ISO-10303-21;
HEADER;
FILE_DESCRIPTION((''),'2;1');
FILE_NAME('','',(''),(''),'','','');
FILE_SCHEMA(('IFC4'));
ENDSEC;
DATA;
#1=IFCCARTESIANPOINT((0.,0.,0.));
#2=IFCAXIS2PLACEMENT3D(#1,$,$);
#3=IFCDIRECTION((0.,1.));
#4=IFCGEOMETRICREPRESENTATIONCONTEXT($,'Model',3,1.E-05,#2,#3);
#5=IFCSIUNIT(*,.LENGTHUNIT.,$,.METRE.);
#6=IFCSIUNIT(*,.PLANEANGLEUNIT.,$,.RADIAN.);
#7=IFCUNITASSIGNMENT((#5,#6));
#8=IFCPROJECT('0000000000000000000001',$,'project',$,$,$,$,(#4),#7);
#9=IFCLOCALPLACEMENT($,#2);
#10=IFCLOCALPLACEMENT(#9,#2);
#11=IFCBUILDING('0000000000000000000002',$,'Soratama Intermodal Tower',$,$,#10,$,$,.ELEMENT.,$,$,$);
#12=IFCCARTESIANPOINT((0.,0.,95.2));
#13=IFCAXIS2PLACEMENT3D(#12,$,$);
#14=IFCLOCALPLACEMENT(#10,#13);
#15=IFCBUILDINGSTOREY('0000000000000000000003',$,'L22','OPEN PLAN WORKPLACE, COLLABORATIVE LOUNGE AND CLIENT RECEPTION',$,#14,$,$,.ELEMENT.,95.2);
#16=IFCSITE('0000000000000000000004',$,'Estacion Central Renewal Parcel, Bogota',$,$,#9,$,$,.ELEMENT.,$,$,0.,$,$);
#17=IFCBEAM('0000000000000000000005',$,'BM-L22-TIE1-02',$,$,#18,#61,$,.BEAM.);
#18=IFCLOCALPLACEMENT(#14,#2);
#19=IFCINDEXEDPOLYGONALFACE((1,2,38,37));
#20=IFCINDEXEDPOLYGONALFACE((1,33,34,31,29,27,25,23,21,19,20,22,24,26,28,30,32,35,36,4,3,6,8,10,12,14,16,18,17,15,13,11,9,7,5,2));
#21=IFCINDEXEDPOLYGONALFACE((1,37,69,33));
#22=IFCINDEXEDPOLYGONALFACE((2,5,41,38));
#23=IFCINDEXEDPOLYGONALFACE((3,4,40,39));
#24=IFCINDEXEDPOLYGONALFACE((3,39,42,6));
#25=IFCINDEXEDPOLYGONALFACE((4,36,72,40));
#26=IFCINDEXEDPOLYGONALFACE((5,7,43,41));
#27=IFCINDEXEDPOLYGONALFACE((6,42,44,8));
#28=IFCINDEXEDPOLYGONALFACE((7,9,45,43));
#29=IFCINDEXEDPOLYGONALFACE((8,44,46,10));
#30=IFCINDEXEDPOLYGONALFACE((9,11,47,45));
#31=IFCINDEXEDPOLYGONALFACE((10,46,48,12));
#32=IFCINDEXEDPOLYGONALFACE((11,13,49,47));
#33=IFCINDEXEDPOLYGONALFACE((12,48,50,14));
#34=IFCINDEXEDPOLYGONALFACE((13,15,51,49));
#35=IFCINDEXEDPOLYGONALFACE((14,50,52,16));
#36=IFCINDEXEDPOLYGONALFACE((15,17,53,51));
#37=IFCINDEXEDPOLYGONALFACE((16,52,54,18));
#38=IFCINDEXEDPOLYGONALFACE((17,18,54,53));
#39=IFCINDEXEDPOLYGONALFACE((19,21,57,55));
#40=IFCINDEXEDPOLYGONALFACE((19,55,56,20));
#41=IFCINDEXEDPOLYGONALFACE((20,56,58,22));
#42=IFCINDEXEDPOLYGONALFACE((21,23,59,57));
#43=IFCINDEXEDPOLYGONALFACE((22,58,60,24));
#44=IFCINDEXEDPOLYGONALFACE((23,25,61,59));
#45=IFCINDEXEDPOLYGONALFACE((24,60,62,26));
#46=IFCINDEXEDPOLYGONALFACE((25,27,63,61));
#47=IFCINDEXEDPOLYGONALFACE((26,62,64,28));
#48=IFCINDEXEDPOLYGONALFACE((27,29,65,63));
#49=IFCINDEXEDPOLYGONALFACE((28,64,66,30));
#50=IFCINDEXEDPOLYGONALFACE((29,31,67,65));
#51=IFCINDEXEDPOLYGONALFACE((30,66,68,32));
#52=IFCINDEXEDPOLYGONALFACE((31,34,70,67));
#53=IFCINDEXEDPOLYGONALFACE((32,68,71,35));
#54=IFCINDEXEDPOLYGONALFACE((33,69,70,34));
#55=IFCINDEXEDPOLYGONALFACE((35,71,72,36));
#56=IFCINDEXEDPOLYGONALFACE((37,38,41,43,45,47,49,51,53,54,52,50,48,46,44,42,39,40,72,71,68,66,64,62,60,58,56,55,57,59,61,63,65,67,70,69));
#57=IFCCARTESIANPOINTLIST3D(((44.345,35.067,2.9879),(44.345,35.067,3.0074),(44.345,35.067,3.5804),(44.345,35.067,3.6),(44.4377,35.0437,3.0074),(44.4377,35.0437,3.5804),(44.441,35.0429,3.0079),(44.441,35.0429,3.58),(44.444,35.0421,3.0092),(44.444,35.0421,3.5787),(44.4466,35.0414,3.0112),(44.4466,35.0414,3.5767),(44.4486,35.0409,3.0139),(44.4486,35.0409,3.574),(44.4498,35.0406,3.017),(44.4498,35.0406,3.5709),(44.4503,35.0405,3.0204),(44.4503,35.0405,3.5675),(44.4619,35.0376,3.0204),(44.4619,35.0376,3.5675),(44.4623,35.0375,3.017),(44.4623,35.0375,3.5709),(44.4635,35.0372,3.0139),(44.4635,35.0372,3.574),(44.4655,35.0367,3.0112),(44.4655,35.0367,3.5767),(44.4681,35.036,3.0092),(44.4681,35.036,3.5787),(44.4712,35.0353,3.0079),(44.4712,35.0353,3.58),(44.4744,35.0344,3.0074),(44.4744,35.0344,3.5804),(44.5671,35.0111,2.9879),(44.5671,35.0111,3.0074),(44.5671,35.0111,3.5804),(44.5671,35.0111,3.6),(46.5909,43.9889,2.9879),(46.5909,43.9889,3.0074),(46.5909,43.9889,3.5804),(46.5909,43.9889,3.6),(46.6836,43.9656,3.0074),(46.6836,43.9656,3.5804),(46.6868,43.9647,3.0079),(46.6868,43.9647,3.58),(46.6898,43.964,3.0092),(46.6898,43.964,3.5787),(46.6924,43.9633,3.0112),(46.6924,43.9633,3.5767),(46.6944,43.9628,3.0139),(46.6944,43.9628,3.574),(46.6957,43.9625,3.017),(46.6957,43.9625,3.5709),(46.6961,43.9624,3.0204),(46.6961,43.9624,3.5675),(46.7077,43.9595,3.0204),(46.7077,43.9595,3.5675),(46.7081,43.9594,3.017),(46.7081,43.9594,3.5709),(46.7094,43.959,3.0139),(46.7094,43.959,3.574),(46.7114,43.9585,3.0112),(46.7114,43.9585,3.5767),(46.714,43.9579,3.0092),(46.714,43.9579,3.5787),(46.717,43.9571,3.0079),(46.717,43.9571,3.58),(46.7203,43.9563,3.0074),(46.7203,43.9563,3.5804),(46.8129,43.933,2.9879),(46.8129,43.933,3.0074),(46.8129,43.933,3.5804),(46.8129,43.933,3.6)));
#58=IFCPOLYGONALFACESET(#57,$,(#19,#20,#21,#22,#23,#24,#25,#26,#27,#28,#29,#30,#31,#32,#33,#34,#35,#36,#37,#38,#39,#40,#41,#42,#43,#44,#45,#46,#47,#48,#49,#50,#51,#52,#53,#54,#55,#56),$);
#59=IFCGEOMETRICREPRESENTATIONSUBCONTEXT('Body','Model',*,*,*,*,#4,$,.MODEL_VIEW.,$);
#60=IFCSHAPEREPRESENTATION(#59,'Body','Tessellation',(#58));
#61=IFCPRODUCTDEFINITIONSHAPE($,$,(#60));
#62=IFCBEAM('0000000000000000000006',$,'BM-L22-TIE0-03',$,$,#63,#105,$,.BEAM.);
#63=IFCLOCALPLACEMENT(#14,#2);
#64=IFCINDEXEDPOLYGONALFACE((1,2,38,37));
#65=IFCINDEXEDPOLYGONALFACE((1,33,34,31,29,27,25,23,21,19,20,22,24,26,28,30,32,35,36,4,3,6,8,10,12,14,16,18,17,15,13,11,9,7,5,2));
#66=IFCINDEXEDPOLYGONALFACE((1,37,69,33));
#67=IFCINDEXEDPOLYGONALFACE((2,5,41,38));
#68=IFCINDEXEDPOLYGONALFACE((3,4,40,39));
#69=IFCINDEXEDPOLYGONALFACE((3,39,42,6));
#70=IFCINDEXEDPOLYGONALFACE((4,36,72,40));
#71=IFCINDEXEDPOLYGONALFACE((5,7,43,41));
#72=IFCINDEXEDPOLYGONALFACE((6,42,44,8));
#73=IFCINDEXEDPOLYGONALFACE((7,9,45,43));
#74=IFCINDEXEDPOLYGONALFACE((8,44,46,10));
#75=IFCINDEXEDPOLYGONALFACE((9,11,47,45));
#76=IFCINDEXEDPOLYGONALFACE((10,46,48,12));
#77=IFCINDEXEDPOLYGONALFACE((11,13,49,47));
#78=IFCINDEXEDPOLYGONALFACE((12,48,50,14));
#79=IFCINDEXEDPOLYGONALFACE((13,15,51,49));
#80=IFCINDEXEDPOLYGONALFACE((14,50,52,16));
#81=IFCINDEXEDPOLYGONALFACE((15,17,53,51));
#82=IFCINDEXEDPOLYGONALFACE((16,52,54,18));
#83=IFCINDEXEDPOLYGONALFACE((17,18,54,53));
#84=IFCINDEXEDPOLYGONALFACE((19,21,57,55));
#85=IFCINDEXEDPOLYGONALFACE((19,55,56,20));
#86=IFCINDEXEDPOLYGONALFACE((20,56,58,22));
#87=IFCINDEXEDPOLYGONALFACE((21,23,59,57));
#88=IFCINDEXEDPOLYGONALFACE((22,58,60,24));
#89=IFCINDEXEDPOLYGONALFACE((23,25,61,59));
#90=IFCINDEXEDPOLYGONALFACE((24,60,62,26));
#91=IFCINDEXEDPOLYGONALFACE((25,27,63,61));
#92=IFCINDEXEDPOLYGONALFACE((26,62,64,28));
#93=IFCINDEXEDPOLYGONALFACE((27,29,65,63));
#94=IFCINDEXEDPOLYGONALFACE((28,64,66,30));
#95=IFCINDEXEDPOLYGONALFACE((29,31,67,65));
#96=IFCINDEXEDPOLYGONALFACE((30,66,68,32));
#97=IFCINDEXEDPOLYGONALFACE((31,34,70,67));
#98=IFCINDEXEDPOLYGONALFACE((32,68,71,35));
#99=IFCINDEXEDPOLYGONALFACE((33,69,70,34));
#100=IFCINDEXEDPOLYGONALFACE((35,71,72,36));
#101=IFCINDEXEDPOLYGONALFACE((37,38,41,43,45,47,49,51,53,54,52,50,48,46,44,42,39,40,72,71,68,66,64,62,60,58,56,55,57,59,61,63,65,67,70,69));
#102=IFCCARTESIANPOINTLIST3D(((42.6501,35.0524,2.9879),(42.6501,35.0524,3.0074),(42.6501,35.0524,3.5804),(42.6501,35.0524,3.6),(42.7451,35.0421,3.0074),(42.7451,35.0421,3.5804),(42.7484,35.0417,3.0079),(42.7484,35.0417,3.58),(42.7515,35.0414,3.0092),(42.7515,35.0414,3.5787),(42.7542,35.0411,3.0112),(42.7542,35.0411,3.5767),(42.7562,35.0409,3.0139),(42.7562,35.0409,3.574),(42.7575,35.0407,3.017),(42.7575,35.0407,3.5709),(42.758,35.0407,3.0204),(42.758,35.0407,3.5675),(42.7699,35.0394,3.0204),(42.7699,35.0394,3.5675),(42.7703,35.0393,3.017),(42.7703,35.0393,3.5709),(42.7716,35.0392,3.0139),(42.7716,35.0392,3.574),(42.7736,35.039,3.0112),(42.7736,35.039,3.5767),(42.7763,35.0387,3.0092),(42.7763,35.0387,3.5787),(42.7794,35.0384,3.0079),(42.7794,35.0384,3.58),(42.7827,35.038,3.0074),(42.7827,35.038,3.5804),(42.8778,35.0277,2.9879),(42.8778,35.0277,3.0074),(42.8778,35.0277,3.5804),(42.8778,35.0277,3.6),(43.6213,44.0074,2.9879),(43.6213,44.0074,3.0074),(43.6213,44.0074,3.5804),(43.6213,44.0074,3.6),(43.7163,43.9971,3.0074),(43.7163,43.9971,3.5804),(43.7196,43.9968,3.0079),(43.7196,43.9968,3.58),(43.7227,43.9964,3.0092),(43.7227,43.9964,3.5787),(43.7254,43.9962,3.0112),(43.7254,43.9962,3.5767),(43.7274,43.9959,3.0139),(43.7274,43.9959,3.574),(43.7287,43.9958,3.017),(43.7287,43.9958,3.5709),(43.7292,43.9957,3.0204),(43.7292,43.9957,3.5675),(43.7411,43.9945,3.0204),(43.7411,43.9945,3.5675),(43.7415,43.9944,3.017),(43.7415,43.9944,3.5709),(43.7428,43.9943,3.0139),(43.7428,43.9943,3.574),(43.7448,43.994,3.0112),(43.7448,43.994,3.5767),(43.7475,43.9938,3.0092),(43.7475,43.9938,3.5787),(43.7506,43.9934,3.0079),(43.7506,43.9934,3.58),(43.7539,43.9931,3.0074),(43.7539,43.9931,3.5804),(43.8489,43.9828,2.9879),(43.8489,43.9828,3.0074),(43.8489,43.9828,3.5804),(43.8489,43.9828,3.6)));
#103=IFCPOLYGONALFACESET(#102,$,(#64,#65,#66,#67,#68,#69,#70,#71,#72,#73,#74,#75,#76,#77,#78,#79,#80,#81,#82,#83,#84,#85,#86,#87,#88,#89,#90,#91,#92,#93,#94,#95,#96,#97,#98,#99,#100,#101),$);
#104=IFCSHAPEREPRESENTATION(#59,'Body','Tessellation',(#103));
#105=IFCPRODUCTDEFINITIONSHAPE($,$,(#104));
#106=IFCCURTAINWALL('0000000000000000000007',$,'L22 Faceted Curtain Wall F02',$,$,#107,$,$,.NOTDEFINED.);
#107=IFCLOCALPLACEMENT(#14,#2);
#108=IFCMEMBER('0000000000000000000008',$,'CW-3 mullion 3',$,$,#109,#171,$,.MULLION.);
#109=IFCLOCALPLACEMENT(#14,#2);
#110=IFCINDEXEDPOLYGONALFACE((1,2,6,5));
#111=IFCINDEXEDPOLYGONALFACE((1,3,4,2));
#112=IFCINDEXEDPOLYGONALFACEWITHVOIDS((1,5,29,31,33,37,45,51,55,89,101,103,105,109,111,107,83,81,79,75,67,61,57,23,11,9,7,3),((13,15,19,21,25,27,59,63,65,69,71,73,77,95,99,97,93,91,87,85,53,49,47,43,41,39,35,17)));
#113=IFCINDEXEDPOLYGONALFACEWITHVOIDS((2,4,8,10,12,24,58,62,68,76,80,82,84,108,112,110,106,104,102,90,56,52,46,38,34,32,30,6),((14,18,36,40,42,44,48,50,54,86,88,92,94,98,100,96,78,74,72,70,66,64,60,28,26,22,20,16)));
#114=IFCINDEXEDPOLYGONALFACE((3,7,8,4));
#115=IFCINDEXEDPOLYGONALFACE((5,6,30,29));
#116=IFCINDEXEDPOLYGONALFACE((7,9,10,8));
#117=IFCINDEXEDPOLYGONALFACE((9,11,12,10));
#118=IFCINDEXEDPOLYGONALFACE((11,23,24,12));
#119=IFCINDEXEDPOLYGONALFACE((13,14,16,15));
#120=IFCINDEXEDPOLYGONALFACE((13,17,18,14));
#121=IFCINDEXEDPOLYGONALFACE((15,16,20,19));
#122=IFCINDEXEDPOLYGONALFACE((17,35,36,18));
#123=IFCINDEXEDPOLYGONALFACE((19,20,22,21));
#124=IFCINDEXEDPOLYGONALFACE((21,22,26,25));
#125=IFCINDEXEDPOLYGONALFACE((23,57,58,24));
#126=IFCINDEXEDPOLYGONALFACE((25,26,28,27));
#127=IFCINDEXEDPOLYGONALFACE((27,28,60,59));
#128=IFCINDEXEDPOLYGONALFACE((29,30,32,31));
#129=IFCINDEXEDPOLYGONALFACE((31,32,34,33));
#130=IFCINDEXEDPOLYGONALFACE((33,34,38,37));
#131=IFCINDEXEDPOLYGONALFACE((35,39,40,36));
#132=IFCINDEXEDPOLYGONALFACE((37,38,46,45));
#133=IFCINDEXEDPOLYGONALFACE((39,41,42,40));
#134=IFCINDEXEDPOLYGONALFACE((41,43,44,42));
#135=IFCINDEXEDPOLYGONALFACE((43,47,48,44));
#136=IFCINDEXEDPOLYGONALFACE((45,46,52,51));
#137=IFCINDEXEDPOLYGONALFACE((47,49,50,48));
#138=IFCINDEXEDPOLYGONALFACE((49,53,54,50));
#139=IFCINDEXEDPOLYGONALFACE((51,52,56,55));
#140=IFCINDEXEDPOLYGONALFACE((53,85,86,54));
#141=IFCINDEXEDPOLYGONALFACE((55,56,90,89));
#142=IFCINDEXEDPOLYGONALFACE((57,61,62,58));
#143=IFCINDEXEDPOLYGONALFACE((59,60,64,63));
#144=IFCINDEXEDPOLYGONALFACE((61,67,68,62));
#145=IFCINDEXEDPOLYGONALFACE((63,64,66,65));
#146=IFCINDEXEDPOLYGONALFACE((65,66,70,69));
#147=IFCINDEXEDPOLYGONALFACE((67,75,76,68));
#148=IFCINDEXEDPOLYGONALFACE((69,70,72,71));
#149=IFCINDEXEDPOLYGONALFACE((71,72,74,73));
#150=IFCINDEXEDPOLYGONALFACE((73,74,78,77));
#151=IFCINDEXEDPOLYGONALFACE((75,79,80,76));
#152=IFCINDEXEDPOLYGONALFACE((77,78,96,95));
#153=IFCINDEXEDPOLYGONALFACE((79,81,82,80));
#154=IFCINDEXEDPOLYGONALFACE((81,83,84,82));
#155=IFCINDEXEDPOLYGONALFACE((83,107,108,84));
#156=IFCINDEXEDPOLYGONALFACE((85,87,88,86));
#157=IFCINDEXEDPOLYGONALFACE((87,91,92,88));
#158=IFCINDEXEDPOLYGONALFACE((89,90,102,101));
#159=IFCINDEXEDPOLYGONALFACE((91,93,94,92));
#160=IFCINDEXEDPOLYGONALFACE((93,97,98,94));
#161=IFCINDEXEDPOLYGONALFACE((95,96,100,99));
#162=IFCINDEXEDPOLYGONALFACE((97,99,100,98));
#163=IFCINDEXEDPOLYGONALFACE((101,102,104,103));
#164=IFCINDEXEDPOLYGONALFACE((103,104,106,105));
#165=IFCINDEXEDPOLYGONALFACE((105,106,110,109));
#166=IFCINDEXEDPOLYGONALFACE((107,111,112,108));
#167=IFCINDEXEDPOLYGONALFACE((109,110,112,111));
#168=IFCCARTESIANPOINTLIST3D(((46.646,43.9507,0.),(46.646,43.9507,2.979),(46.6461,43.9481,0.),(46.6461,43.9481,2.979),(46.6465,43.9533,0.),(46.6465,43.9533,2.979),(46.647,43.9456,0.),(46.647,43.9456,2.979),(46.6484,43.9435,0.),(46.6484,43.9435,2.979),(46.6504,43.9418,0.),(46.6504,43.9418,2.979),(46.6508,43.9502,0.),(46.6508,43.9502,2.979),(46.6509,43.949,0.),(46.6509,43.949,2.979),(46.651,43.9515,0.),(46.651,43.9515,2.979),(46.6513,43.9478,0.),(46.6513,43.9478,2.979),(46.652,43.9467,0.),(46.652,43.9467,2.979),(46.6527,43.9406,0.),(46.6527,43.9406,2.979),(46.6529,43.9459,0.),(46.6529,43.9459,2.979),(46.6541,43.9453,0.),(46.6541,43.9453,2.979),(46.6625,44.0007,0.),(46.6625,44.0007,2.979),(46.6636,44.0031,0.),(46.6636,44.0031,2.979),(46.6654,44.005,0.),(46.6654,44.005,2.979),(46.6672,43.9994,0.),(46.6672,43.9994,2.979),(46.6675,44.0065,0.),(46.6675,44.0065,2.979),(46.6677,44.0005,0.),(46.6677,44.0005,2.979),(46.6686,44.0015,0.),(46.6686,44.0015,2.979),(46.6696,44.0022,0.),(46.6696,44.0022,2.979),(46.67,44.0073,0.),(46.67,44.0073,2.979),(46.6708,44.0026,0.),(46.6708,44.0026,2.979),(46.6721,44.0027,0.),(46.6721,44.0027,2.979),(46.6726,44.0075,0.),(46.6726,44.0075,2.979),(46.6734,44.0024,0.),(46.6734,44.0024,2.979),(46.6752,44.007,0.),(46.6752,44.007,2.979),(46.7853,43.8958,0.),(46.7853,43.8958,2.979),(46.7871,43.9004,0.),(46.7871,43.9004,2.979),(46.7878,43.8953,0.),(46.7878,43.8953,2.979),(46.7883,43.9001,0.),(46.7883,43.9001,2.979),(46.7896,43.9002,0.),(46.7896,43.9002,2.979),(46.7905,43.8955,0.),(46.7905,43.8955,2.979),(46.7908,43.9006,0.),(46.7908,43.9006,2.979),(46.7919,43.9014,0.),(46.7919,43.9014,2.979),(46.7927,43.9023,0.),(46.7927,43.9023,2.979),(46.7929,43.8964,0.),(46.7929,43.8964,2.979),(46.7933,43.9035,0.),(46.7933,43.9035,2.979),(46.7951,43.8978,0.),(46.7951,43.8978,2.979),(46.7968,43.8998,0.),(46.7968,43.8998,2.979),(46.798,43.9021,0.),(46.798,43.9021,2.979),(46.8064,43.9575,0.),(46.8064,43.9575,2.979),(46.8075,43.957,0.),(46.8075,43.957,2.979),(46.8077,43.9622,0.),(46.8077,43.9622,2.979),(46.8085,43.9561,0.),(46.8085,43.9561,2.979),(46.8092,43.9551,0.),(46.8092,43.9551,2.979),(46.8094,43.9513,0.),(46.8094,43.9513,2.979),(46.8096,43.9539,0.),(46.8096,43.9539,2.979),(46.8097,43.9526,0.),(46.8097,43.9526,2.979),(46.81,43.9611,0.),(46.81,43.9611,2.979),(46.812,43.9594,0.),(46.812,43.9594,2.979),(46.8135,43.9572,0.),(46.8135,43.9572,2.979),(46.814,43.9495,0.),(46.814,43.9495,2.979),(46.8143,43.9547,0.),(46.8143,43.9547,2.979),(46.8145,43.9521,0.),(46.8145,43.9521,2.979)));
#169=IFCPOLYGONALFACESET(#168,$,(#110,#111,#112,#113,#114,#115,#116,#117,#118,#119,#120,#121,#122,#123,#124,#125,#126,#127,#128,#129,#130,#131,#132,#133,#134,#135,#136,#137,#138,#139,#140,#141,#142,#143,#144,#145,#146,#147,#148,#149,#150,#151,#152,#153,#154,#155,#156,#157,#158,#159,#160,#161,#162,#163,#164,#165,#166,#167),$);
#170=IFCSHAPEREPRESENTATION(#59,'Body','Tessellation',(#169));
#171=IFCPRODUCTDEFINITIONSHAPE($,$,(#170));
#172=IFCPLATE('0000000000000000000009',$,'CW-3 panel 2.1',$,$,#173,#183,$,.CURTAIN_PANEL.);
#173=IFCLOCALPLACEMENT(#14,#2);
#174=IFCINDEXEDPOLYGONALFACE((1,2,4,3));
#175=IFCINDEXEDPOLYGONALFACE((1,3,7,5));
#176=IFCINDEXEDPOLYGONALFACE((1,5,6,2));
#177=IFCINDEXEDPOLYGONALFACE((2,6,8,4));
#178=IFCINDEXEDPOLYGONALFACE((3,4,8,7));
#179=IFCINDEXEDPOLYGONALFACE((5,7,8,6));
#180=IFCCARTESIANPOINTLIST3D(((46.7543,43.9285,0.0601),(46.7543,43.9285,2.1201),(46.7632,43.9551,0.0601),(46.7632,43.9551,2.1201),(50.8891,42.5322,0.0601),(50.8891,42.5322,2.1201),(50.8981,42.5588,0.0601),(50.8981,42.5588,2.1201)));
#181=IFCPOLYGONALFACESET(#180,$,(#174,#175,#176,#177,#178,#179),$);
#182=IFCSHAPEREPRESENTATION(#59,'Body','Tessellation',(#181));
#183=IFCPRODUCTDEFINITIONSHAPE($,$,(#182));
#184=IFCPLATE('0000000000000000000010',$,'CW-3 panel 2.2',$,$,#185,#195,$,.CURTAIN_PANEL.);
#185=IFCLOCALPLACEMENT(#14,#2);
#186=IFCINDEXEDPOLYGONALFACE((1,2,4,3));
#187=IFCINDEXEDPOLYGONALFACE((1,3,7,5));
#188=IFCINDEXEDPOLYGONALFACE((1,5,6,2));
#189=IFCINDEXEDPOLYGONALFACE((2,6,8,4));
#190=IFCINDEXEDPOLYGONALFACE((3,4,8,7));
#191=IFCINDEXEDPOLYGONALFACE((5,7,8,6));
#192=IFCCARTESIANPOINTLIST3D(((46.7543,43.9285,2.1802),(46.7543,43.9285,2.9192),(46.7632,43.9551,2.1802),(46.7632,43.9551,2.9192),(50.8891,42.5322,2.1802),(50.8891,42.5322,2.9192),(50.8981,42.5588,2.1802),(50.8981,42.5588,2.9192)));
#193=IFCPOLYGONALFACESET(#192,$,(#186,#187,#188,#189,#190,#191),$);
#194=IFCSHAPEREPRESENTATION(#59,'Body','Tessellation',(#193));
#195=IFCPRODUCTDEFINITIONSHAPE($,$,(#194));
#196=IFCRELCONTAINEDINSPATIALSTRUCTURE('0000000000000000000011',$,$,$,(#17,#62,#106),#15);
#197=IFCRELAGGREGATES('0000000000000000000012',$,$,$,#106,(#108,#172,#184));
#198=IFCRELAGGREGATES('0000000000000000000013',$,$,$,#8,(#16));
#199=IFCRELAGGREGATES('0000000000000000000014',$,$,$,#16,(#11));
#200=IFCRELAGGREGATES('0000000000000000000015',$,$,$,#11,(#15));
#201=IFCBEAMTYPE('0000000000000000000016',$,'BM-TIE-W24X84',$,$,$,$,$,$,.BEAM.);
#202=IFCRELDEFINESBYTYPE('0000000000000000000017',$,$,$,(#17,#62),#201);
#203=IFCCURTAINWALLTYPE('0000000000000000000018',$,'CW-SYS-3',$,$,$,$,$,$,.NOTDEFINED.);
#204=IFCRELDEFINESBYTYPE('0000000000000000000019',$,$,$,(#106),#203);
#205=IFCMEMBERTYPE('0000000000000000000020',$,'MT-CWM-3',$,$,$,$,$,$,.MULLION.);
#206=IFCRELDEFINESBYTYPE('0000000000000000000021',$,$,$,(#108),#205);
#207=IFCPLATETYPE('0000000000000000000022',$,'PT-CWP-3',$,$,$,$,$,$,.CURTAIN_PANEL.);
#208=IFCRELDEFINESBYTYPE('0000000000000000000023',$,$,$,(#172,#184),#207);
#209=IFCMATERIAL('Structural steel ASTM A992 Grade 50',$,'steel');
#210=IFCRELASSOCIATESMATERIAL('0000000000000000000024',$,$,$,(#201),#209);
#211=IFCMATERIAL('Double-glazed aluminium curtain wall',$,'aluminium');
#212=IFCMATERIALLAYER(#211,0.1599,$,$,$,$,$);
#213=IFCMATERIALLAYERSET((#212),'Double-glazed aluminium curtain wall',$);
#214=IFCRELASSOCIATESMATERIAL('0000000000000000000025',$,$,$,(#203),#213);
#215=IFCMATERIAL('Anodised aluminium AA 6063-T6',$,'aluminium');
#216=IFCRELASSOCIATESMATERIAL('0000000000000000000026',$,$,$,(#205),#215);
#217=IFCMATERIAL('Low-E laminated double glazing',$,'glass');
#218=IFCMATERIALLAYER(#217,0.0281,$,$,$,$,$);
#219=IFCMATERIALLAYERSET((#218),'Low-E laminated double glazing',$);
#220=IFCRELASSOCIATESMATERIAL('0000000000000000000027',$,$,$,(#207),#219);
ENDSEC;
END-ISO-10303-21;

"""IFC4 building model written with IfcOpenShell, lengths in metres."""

from ifc_helpers import new_model, si_unit, direction, frame, origin, origin_2d, place, context, subcontext, project, spatial, rectangle, hollow_rectangle, i_section, extrude, material, layer, layer_set, material_profile, profile_set, type_object, element, aggregate, save


model = new_model("IFC4")

# Units and contexts
model_context = context("Model", 3, precision=1e-05, world=origin(), true_north=direction((0.0, 1.0)))
body_context = subcontext(model_context, "Body", "Model", "MODEL_VIEW")
ifc_project = project(units=[si_unit("LENGTHUNIT", "METRE"), si_unit("PLANEANGLEUNIT", "RADIAN")], contexts=[model_context])

# Site, building, storey
site_placement = place(None, origin())
site = spatial("IfcSite", under=ifc_project, at=site_placement, Name="Estacion Central Renewal Parcel, Bogota", CompositionType="ELEMENT", RefElevation=0.0)
building_placement = place(site_placement, origin())
building = spatial("IfcBuilding", under=site, at=building_placement, Name="Soratama Intermodal Tower", CompositionType="ELEMENT")
storey_placement = place(building_placement, frame((0.0, 0.0, 95.2)))
storey = spatial("IfcBuildingStorey", under=building, at=storey_placement, Name="L22", Description="OPEN PLAN WORKPLACE, COLLABORATIVE LOUNGE AND CLIENT RECEPTION", CompositionType="ELEMENT", Elevation=95.2)

# Beams
ifc_material_1 = material(Name="Structural steel ASTM A992 Grade 50", Category="steel")
ifc_material_profile_1 = material_profile(ifc_material_1, i_section(OverallWidth=0.229, OverallDepth=0.6121, WebThickness=0.012, FlangeThickness=0.0195, FilletRadius=0.0129, at=origin_2d()), Name="W24X84")
ifc_profile_set_1 = profile_set([ifc_material_profile_1], Name="Structural steel ASTM A992 Grade 50")
beam_type_1 = type_object("IfcBeamType", Name="BM-TIE-W24X84", PredefinedType="BEAM", material=ifc_profile_set_1)
beam_1_placement = place(storey_placement, frame((44.4561, 35.0391, 3.2939), z_axis=(0.244109, 0.969748, 0.0), x_axis=(-0.969748, 0.244109, 0.0)))
element("IfcBeam", 1, at=beam_1_placement, inside=storey, type_object=beam_type_1, Name="BM-L22-TIE1-02", PredefinedType="BEAM", context=body_context, shape_type="SweptSolid", body=[
    extrude(i_section(OverallWidth=0.229, OverallDepth=0.6121, WebThickness=0.012, FlangeThickness=0.0195, FilletRadius=0.0129, at=origin_2d()), origin(), (0.0, 0.0, 1.0), 9.2002),
])
beam_2_placement = place(storey_placement, frame((42.7639, 35.04, 3.2939), z_axis=(0.107819, 0.994171, 0.0), x_axis=(-0.994171, 0.107819, 0.0)))
element("IfcBeam", 2, at=beam_2_placement, inside=storey, type_object=beam_type_1, Name="BM-L22-TIE0-03", PredefinedType="BEAM", context=body_context, shape_type="SweptSolid", body=[
    extrude(i_section(OverallWidth=0.229, OverallDepth=0.6121, WebThickness=0.012, FlangeThickness=0.0195, FilletRadius=0.0129, at=origin_2d()), origin(), (0.0, 0.0, 1.0), 9.0076),
])

# Curtain wall, member, plates
ifc_material_2 = material(Name="Double-glazed aluminium curtain wall", Category="aluminium")
ifc_layer_1 = layer(ifc_material_2, 0.1599)
ifc_layer_set_1 = layer_set([ifc_layer_1], Name="Double-glazed aluminium curtain wall")
curtain_wall_type = type_object("IfcCurtainWallType", Name="CW-SYS-3", PredefinedType="NOTDEFINED", material=ifc_layer_set_1)
curtain_wall_placement = place(storey_placement, origin())
curtain_wall = element("IfcCurtainWall", 3, at=curtain_wall_placement, inside=storey, type_object=curtain_wall_type, Name="L22 Faceted Curtain Wall F02", PredefinedType="NOTDEFINED")
ifc_material_3 = material(Name="Anodised aluminium AA 6063-T6", Category="aluminium")
ifc_material_profile_2 = material_profile(ifc_material_3, hollow_rectangle(XDim=0.0701, YDim=0.1599, WallThickness=0.0049, InnerFilletRadius=0.0049, OuterFilletRadius=0.01, at=origin_2d()), Name="CWM160X70X5")
ifc_profile_set_2 = profile_set([ifc_material_profile_2], Name="Anodised aluminium AA 6063-T6")
member_type = type_object("IfcMemberType", Name="MT-CWM-3", PredefinedType="MULLION", material=ifc_profile_set_2)
member_placement = place(storey_placement, frame((46.7302, 43.9514, 0.0), z_axis=(0.0, 0.0, 1.0), x_axis=(-0.319953, -0.947433, 0.0)))
member = element("IfcMember", 4, at=member_placement, type_object=member_type, Name="CW-3 mullion 3", PredefinedType="MULLION", context=body_context, shape_type="SweptSolid", body=[
    extrude(hollow_rectangle(XDim=0.0701, YDim=0.1599, WallThickness=0.0049, InnerFilletRadius=0.0049, OuterFilletRadius=0.01, at=origin_2d()), origin(), (0.0, 0.0, 1.0), 2.979),
])
ifc_material_4 = material(Name="Low-E laminated double glazing", Category="glass")
ifc_layer_2 = layer(ifc_material_4, 0.0281)
ifc_layer_set_2 = layer_set([ifc_layer_2], Name="Low-E laminated double glazing")
plate_type = type_object("IfcPlateType", Name="PT-CWP-3", PredefinedType="CURTAIN_PANEL", material=ifc_layer_set_2)
plate_1_placement = place(storey_placement, frame((48.8262, 43.2437, 0.0601), z_axis=(0.0, 0.0, 1.0), x_axis=(-0.947433, 0.319953, 0.0)))
plate_1 = element("IfcPlate", 5, at=plate_1_placement, type_object=plate_type, Name="CW-3 panel 2.1", PredefinedType="CURTAIN_PANEL", context=body_context, shape_type="SweptSolid", body=[
    extrude(rectangle(XDim=4.3643, YDim=0.0281, at=origin_2d()), origin(), (0.0, 0.0, 1.0), 2.0601),
])
plate_2_placement = place(storey_placement, frame((48.8262, 43.2437, 2.1802), z_axis=(0.0, 0.0, 1.0), x_axis=(-0.947433, 0.319953, 0.0)))
plate_2 = element("IfcPlate", 6, at=plate_2_placement, type_object=plate_type, Name="CW-3 panel 2.2", PredefinedType="CURTAIN_PANEL", context=body_context, shape_type="SweptSolid", body=[
    extrude(rectangle(XDim=4.3643, YDim=0.0281, at=origin_2d()), origin(), (0.0, 0.0, 1.0), 0.739),
])
aggregate(curtain_wall, [member, plate_1, plate_2])

save(model, "model.ifc")
